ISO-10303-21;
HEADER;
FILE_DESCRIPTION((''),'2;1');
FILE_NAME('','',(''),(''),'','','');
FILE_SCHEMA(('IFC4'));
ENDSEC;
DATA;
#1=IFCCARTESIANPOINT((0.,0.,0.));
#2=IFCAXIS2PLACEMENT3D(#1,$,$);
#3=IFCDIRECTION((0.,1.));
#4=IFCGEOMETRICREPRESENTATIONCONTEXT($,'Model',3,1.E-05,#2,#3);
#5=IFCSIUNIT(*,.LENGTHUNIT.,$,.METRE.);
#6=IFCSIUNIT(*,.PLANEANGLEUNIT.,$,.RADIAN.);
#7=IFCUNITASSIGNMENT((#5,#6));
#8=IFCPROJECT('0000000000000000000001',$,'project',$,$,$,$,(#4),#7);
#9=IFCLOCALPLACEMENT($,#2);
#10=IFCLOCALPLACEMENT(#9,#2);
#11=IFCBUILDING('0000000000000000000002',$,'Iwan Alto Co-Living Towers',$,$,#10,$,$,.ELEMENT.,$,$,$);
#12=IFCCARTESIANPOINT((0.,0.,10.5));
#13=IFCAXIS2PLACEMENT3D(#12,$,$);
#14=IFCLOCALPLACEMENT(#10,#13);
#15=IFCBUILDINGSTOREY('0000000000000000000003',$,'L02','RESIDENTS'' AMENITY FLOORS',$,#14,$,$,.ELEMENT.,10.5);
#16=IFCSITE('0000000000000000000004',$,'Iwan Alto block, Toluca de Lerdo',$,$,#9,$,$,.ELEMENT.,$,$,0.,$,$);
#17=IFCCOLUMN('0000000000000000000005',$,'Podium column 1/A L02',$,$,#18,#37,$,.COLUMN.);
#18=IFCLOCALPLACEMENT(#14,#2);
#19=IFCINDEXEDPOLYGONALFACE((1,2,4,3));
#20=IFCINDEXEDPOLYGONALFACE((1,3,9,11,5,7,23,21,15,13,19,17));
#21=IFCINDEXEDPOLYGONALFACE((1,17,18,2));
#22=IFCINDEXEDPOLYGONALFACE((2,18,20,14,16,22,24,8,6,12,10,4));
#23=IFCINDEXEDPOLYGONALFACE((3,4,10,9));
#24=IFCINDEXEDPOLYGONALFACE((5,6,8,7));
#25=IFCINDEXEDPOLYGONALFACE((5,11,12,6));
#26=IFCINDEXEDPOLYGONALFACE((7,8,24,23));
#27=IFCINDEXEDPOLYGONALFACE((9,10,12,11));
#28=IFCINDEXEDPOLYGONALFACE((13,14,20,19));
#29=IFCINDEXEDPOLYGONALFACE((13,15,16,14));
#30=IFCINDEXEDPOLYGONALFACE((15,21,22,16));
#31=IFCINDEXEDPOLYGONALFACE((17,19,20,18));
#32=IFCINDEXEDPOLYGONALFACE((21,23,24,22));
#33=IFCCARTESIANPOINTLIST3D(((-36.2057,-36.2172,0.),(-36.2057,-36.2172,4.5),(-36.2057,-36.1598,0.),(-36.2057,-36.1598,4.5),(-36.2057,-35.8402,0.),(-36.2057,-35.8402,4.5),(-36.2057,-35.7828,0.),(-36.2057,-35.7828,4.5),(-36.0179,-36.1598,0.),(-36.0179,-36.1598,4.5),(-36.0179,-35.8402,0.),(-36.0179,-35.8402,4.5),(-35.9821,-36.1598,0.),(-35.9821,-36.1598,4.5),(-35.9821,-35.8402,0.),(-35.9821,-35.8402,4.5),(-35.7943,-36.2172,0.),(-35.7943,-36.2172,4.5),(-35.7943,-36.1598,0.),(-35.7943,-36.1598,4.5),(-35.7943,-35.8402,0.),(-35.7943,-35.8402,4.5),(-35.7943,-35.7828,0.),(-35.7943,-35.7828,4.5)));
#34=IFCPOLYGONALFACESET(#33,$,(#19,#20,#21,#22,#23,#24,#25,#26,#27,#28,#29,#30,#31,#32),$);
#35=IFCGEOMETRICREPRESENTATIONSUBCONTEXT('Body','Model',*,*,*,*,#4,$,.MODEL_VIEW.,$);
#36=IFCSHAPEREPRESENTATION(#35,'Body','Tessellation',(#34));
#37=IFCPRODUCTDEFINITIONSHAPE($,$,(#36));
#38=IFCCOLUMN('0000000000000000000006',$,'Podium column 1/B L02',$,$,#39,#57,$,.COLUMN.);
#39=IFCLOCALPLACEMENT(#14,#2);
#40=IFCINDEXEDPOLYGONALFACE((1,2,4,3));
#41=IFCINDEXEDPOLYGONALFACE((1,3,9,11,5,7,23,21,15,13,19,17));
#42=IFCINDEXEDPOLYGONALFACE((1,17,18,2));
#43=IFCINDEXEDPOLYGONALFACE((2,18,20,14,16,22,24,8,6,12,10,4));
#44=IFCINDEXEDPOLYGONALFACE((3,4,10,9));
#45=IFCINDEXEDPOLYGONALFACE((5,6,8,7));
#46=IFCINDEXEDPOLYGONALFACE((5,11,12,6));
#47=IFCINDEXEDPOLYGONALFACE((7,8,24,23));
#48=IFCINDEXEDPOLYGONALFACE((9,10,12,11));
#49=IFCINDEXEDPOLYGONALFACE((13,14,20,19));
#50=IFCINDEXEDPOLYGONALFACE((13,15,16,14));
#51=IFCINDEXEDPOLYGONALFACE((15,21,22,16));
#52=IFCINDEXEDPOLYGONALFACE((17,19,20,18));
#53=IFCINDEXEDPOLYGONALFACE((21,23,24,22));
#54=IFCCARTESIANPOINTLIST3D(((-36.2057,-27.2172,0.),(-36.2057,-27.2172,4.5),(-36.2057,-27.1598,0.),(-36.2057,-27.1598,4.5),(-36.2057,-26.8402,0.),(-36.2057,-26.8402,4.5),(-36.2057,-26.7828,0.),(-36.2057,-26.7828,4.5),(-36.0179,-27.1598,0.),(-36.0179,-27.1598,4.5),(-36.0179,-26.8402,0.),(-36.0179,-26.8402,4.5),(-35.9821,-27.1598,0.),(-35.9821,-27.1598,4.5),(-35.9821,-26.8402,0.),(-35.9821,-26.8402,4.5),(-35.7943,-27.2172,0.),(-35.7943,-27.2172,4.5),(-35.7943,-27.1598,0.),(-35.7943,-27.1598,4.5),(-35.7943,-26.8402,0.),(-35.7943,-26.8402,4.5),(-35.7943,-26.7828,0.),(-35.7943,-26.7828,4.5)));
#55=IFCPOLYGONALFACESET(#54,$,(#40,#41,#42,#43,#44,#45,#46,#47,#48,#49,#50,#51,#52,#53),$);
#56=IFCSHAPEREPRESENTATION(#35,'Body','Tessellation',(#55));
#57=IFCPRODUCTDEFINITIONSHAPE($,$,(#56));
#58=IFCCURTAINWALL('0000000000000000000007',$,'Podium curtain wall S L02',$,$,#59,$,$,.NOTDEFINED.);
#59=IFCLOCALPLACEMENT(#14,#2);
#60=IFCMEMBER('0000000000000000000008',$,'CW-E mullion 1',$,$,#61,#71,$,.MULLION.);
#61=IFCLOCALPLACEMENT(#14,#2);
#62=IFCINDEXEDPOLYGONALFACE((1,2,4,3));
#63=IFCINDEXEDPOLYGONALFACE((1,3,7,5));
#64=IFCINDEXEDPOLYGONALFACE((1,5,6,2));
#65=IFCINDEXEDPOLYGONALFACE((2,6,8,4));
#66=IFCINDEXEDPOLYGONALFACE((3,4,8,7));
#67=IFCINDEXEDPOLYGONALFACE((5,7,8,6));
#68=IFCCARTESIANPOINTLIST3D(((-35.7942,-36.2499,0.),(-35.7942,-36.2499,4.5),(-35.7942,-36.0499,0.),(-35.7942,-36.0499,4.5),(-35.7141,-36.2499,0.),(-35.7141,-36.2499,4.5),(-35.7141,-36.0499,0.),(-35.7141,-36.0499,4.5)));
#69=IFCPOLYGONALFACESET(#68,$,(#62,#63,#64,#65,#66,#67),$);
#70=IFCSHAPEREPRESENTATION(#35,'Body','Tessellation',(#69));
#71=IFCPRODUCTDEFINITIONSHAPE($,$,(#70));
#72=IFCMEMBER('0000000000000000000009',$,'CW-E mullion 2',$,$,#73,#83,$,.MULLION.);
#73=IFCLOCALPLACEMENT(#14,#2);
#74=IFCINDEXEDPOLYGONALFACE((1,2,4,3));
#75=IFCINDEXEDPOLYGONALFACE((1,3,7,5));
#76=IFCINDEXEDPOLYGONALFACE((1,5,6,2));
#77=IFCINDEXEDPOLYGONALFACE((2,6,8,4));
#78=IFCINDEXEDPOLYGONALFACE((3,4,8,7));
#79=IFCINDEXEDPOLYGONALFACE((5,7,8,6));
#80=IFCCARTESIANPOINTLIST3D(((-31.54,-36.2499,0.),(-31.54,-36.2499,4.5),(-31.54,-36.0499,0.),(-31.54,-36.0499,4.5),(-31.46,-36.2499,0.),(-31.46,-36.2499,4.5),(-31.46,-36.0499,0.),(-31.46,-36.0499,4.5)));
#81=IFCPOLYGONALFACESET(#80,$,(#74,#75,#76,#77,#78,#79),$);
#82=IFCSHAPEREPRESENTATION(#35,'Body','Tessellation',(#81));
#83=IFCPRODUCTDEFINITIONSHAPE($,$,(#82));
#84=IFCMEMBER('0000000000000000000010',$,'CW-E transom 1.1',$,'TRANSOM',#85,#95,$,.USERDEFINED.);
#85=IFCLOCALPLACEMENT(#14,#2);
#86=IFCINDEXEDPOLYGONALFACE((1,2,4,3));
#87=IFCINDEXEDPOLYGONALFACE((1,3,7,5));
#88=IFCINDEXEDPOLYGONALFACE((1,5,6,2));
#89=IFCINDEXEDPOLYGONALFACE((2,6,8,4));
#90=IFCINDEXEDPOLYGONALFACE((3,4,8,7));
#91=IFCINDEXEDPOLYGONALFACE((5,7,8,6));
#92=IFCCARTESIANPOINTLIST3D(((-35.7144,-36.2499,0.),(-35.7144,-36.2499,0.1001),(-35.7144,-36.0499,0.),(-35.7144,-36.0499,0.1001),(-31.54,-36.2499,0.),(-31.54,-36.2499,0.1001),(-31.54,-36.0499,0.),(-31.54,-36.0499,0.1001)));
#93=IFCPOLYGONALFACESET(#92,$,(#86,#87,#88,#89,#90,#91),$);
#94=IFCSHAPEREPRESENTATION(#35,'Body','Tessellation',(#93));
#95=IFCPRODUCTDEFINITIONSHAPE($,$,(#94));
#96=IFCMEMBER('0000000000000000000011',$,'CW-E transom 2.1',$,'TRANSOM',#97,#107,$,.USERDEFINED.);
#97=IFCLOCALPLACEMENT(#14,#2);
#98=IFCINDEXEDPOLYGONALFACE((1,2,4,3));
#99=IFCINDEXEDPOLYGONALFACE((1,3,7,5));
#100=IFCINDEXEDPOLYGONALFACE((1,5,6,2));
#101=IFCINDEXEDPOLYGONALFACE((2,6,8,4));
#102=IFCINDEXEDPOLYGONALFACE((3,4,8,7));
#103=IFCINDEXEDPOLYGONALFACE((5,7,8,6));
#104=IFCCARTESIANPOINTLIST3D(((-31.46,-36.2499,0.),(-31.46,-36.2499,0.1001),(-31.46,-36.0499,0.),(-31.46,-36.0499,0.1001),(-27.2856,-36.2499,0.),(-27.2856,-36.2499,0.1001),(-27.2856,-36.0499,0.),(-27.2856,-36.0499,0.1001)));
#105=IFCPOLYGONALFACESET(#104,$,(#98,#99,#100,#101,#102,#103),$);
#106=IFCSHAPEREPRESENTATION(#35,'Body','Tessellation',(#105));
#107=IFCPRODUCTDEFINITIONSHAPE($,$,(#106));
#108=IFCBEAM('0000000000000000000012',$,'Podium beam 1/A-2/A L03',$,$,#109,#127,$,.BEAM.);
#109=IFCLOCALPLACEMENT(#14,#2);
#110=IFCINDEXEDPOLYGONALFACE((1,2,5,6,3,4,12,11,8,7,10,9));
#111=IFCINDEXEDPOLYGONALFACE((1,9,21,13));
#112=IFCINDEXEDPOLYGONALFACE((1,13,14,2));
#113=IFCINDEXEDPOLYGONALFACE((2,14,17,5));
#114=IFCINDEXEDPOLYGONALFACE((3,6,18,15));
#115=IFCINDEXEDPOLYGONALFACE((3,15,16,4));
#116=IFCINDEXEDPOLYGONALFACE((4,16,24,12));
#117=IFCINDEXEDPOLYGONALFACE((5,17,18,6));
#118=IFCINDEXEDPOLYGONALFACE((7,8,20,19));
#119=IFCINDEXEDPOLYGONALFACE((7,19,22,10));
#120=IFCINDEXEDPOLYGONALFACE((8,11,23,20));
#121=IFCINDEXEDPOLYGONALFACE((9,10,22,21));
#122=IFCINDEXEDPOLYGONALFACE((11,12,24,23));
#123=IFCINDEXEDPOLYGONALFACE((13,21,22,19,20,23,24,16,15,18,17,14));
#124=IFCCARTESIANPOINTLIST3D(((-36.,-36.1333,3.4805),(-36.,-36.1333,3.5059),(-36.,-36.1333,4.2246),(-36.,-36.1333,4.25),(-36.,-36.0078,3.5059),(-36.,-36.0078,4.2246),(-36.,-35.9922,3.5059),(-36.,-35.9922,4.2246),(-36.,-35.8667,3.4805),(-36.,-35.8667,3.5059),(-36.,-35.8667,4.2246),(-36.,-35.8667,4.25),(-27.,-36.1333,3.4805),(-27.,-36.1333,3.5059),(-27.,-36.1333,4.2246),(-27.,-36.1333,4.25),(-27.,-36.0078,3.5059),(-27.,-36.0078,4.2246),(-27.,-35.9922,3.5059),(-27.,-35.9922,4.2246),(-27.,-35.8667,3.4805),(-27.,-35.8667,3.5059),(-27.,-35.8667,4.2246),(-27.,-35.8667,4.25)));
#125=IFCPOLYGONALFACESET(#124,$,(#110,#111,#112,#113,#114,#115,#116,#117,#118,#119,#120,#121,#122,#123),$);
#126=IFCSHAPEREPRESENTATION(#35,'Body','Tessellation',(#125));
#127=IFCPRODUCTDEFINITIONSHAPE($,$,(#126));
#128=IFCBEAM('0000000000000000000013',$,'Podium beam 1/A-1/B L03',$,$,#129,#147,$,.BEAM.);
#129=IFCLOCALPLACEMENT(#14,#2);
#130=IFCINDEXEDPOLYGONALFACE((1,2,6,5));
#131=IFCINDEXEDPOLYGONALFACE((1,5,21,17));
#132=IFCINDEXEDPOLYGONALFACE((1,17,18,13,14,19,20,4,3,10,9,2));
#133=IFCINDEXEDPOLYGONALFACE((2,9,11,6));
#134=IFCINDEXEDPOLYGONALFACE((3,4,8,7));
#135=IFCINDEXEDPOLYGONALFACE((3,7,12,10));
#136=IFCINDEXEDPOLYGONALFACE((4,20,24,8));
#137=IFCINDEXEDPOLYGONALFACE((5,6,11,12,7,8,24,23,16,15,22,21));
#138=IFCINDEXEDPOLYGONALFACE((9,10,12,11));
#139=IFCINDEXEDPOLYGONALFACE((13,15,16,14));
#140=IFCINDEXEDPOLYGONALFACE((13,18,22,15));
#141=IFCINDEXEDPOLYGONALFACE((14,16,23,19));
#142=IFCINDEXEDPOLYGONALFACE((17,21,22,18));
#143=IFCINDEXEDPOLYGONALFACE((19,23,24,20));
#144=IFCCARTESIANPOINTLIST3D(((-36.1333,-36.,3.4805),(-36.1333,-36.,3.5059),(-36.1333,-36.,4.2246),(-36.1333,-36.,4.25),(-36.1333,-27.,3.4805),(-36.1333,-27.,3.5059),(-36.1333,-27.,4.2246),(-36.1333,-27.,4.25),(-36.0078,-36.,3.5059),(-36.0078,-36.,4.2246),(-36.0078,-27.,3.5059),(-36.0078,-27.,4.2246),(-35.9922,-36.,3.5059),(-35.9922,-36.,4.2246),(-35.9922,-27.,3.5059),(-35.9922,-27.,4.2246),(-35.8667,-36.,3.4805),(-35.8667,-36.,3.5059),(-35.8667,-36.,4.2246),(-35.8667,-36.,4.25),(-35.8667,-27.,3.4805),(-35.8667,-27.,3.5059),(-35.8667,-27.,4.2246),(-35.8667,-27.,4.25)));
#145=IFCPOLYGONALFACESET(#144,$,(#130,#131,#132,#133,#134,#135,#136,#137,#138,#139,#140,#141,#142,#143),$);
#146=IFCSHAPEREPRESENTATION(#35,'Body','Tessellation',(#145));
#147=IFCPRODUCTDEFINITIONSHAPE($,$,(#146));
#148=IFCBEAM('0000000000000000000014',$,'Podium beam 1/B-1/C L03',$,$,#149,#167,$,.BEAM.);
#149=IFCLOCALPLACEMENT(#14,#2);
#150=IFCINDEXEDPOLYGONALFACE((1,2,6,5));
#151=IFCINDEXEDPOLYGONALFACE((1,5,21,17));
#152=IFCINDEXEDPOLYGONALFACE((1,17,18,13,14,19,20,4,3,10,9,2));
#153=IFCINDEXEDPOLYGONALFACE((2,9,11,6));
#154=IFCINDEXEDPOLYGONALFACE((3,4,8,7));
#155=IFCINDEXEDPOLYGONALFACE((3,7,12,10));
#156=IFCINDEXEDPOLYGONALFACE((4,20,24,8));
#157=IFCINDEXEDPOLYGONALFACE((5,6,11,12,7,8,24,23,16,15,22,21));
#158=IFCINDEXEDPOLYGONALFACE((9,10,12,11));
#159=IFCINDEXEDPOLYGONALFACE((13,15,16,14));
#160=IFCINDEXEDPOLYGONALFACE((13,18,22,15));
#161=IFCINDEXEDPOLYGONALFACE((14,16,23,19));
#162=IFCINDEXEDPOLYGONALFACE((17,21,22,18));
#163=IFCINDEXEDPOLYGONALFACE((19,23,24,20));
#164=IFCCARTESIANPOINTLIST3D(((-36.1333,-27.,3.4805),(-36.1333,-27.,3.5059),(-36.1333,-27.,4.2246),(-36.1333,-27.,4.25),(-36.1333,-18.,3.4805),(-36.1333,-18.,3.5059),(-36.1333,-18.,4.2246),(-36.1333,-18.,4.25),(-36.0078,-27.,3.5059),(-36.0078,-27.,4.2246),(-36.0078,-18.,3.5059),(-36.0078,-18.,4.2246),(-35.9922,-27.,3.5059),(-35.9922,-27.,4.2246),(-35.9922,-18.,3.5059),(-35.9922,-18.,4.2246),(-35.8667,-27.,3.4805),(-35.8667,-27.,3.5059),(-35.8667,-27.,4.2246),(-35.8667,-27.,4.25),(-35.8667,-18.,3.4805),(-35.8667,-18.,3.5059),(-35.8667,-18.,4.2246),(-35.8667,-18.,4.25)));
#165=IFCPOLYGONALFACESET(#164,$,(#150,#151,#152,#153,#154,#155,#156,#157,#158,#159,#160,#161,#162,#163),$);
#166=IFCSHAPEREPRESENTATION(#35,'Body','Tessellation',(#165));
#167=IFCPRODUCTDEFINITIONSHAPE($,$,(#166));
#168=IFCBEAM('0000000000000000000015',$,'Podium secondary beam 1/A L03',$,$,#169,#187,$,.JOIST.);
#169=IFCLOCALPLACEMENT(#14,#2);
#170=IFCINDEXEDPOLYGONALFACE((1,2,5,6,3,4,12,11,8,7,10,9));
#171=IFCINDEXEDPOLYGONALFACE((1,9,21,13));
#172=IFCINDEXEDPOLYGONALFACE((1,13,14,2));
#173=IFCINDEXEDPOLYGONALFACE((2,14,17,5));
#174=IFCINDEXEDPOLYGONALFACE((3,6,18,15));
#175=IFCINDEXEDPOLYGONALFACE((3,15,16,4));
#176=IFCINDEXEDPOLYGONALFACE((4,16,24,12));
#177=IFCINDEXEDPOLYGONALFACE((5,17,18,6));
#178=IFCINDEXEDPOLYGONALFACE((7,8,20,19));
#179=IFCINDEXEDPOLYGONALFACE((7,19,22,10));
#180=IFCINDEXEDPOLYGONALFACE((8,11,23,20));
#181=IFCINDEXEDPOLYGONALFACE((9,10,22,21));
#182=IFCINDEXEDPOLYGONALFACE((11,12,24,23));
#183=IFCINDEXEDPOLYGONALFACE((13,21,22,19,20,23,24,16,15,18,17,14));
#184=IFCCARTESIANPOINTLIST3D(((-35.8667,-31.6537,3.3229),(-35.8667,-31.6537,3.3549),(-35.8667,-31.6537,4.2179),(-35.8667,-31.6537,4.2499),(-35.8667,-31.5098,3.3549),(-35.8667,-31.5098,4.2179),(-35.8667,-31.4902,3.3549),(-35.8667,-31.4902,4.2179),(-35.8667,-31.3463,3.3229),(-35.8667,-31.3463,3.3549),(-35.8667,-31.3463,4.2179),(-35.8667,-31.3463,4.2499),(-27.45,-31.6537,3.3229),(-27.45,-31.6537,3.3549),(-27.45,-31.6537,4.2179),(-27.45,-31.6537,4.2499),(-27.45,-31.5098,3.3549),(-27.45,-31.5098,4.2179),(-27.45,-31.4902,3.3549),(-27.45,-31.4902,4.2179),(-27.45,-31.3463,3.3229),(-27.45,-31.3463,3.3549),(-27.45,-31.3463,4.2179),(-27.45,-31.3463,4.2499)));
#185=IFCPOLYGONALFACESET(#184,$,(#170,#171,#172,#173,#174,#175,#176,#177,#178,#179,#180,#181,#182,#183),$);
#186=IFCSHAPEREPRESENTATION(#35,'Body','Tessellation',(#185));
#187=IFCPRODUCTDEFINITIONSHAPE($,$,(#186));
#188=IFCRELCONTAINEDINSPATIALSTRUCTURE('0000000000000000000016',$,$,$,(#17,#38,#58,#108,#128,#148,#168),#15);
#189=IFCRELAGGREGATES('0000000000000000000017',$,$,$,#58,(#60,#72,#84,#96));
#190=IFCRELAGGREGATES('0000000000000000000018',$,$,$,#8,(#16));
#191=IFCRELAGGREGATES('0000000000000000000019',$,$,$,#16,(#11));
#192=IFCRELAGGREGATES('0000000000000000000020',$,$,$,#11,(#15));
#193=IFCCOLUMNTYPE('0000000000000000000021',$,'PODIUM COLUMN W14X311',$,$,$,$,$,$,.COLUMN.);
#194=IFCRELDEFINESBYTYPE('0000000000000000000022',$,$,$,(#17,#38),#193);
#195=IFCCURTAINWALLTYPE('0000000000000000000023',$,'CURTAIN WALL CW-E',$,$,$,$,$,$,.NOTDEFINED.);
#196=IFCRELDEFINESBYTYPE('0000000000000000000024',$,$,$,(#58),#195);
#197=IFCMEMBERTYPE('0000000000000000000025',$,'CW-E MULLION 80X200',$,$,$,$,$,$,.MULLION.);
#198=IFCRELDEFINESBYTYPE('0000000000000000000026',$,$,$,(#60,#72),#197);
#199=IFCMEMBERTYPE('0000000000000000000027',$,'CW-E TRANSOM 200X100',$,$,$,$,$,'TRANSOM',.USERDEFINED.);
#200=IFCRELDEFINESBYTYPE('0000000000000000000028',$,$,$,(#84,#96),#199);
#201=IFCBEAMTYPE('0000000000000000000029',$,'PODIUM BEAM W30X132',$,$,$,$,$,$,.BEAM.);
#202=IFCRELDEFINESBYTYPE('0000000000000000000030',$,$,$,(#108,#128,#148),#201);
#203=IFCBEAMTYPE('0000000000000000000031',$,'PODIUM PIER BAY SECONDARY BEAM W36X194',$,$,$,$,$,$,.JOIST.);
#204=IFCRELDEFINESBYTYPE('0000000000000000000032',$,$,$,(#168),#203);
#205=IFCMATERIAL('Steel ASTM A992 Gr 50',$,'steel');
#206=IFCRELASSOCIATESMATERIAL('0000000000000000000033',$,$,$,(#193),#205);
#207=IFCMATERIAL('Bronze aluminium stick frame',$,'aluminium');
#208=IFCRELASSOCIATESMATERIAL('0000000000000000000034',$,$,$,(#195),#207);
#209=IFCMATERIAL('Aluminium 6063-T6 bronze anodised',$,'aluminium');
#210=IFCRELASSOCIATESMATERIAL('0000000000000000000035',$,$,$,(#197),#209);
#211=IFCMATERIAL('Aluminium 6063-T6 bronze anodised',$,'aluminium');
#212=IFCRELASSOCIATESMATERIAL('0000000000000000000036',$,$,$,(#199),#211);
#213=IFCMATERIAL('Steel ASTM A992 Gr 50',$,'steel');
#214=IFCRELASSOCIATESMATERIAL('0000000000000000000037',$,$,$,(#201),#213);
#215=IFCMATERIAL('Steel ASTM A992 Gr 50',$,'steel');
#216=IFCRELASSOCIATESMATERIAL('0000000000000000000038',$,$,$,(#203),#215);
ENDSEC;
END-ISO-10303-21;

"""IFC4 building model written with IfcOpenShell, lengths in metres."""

from ifc_helpers import new_model, si_unit, direction, frame, origin, origin_2d, place, context, subcontext, project, spatial, rectangle, i_section, extrude, material, material_profile, profile_set, type_object, element, aggregate, save


model = new_model("IFC4")

# Units and contexts
model_context = context("Model", 3, precision=1e-05, world=origin(), true_north=direction((0.0, 1.0)))
body_context = subcontext(model_context, "Body", "Model", "MODEL_VIEW")
ifc_project = project(units=[si_unit("LENGTHUNIT", "METRE"), si_unit("PLANEANGLEUNIT", "RADIAN")], contexts=[model_context])

# Site, building, storey
site_placement = place(None, origin())
site = spatial("IfcSite", under=ifc_project, at=site_placement, Name="Iwan Alto block, Toluca de Lerdo", CompositionType="ELEMENT", RefElevation=0.0)
building_placement = place(site_placement, origin())
building = spatial("IfcBuilding", under=site, at=building_placement, Name="Iwan Alto Co-Living Towers", CompositionType="ELEMENT")
storey_placement = place(building_placement, frame((0.0, 0.0, 10.5)))
storey = spatial("IfcBuildingStorey", under=building, at=storey_placement, Name="L02", Description="RESIDENTS' AMENITY FLOORS", CompositionType="ELEMENT", Elevation=10.5)

# Columns
ifc_material_1 = material(Name="Steel ASTM A992 Gr 50", Category="steel")
ifc_material_profile_1 = material_profile(ifc_material_1, i_section(OverallWidth=0.4114, OverallDepth=0.4343, WebThickness=0.0359, FlangeThickness=0.0574, at=origin_2d()), Name="W14X311")
ifc_profile_set_1 = profile_set([ifc_material_profile_1], Name="Steel ASTM A992 Gr 50")
column_type = type_object("IfcColumnType", Name="PODIUM COLUMN W14X311", PredefinedType="COLUMN", material=ifc_profile_set_1)
for number, where, z_axis, x_axis, name in (
    (1, (-36.0, -36.0, 0.0), (0.0, 0.0, 1.0), (1.0, 0.0, 0.0), "Podium column 1/A L02"),
    (2, (-36.0, -27.0, 0.0), (0.0, 0.0, 1.0), (1.0, 0.0, 0.0), "Podium column 1/B L02"),
):
    element("IfcColumn", number, at=place(storey_placement, frame(where, z_axis=z_axis, x_axis=x_axis)), inside=storey, type_object=column_type, Name=name, PredefinedType="COLUMN", context=body_context, shape_type="SweptSolid", body=[
        extrude(i_section(OverallWidth=0.4114, OverallDepth=0.4343, WebThickness=0.0359, FlangeThickness=0.0574, at=origin_2d()), origin(), (0.0, 0.0, 1.0), 4.5),
    ])

# Curtain wall, members
ifc_material_2 = material(Name="Bronze aluminium stick frame", Category="aluminium")
curtain_wall_type = type_object("IfcCurtainWallType", Name="CURTAIN WALL CW-E", PredefinedType="NOTDEFINED", material=ifc_material_2)
curtain_wall_placement = place(storey_placement, origin())
curtain_wall = element("IfcCurtainWall", 3, at=curtain_wall_placement, inside=storey, type_object=curtain_wall_type, Name="Podium curtain wall S L02", PredefinedType="NOTDEFINED")
ifc_material_3 = material(Name="Aluminium 6063-T6 bronze anodised", Category="aluminium")
ifc_material_profile_2 = material_profile(ifc_material_3, rectangle(XDim=0.2, YDim=0.0801, at=origin_2d()), Name="AL 80X200")
ifc_profile_set_2 = profile_set([ifc_material_profile_2], Name="Aluminium 6063-T6 bronze anodised")
member_type_1 = type_object("IfcMemberType", Name="CW-E MULLION 80X200", PredefinedType="MULLION", material=ifc_profile_set_2)
member_1_placement = place(storey_placement, frame((-35.7542, -36.1499, 0.0), z_axis=(0.0, 0.0, 1.0), x_axis=(0.0, 1.0, 0.0)))
member_1 = element("IfcMember", 4, at=member_1_placement, type_object=member_type_1, Name="CW-E mullion 1", PredefinedType="MULLION", context=body_context, shape_type="SweptSolid", body=[
    extrude(rectangle(XDim=0.2, YDim=0.0801, at=origin_2d()), origin(), (0.0, 0.0, 1.0), 4.5),
])
member_2_placement = place(storey_placement, frame((-31.5, -36.1499, 0.0), z_axis=(0.0, 0.0, 1.0), x_axis=(0.0, 1.0, 0.0)))
member_2 = element("IfcMember", 5, at=member_2_placement, type_object=member_type_1, Name="CW-E mullion 2", PredefinedType="MULLION", context=body_context, shape_type="SweptSolid", body=[
    extrude(rectangle(XDim=0.2, YDim=0.0801, at=origin_2d()), origin(), (0.0, 0.0, 1.0), 4.5),
])
ifc_material_4 = material(Name="Aluminium 6063-T6 bronze anodised", Category="aluminium")
ifc_material_profile_3 = material_profile(ifc_material_4, rectangle(XDim=0.2, YDim=0.1001, at=origin_2d()), Name="AL 200X100")
ifc_profile_set_3 = profile_set([ifc_material_profile_3], Name="Aluminium 6063-T6 bronze anodised")
member_type_2 = type_object("IfcMemberType", Name="CW-E TRANSOM 200X100", ElementType="TRANSOM", PredefinedType="USERDEFINED", material=ifc_profile_set_3)
member_3_placement = place(storey_placement, frame((-35.7144, -36.1499, 0.05), z_axis=(1.0, 0.0, 0.0), x_axis=(0.0, 1.0, 0.0)))
member_3 = element("IfcMember", 6, at=member_3_placement, type_object=member_type_2, Name="CW-E transom 1.1", ObjectType="TRANSOM", PredefinedType="USERDEFINED", context=body_context, shape_type="SweptSolid", body=[
    extrude(rectangle(XDim=0.2, YDim=0.1001, at=origin_2d()), origin(), (0.0, 0.0, 1.0), 4.1743),
])
member_4_placement = place(storey_placement, frame((-31.46, -36.1499, 0.05), z_axis=(1.0, 0.0, 0.0), x_axis=(0.0, 1.0, 0.0)))
member_4 = element("IfcMember", 7, at=member_4_placement, type_object=member_type_2, Name="CW-E transom 2.1", ObjectType="TRANSOM", PredefinedType="USERDEFINED", context=body_context, shape_type="SweptSolid", body=[
    extrude(rectangle(XDim=0.2, YDim=0.1001, at=origin_2d()), origin(), (0.0, 0.0, 1.0), 4.1743),
])

# Beams
ifc_material_5 = material(Name="Steel ASTM A992 Gr 50", Category="steel")
ifc_material_profile_4 = material_profile(ifc_material_5, i_section(OverallWidth=0.2666, OverallDepth=0.7695, WebThickness=0.0156, FlangeThickness=0.0254, at=origin_2d()), Name="W30X132")
ifc_profile_set_4 = profile_set([ifc_material_profile_4], Name="Steel ASTM A992 Gr 50")
beam_type_1 = type_object("IfcBeamType", Name="PODIUM BEAM W30X132", PredefinedType="BEAM", material=ifc_profile_set_4)
for number, where, z_axis, x_axis, name in (
    (8, (-36.0, -36.0, 3.8652), (1.0, 0.0, 0.0), (0.0, 1.0, 0.0), "Podium beam 1/A-2/A L03"),
    (9, (-36.0, -36.0, 3.8652), (0.0, 1.0, 0.0), (-1.0, 0.0, 0.0), "Podium beam 1/A-1/B L03"),
    (10, (-36.0, -27.0, 3.8652), (0.0, 1.0, 0.0), (-1.0, 0.0, 0.0), "Podium beam 1/B-1/C L03"),
):
    element("IfcBeam", number, at=place(storey_placement, frame(where, z_axis=z_axis, x_axis=x_axis)), inside=storey, type_object=beam_type_1, Name=name, PredefinedType="BEAM", context=body_context, shape_type="SweptSolid", body=[
        extrude(i_section(OverallWidth=0.2666, OverallDepth=0.7695, WebThickness=0.0156, FlangeThickness=0.0254, at=origin_2d()), origin(), (0.0, 0.0, 1.0), 9.0),
    ])
ifc_material_6 = material(Name="Steel ASTM A992 Gr 50", Category="steel")
ifc_material_profile_5 = material_profile(ifc_material_6, i_section(OverallWidth=0.3074, OverallDepth=0.927, WebThickness=0.0195, FlangeThickness=0.032, at=origin_2d()), Name="W36X194")
ifc_profile_set_5 = profile_set([ifc_material_profile_5], Name="Steel ASTM A992 Gr 50")
beam_type_2 = type_object("IfcBeamType", Name="PODIUM PIER BAY SECONDARY BEAM W36X194", PredefinedType="JOIST", material=ifc_profile_set_5)
beam_1_placement = place(storey_placement, frame((-35.8667, -31.5, 3.7864), z_axis=(1.0, 0.0, 0.0), x_axis=(0.0, 1.0, 0.0)))
element("IfcBeam", 11, at=beam_1_placement, inside=storey, type_object=beam_type_2, Name="Podium secondary beam 1/A L03", PredefinedType="JOIST", context=body_context, shape_type="SweptSolid", body=[
    extrude(i_section(OverallWidth=0.3074, OverallDepth=0.927, WebThickness=0.0195, FlangeThickness=0.032, at=origin_2d()), origin(), (0.0, 0.0, 1.0), 8.4167),
])

aggregate(curtain_wall, [member_1, member_2, member_3, member_4])

save(model, "model.ifc")
